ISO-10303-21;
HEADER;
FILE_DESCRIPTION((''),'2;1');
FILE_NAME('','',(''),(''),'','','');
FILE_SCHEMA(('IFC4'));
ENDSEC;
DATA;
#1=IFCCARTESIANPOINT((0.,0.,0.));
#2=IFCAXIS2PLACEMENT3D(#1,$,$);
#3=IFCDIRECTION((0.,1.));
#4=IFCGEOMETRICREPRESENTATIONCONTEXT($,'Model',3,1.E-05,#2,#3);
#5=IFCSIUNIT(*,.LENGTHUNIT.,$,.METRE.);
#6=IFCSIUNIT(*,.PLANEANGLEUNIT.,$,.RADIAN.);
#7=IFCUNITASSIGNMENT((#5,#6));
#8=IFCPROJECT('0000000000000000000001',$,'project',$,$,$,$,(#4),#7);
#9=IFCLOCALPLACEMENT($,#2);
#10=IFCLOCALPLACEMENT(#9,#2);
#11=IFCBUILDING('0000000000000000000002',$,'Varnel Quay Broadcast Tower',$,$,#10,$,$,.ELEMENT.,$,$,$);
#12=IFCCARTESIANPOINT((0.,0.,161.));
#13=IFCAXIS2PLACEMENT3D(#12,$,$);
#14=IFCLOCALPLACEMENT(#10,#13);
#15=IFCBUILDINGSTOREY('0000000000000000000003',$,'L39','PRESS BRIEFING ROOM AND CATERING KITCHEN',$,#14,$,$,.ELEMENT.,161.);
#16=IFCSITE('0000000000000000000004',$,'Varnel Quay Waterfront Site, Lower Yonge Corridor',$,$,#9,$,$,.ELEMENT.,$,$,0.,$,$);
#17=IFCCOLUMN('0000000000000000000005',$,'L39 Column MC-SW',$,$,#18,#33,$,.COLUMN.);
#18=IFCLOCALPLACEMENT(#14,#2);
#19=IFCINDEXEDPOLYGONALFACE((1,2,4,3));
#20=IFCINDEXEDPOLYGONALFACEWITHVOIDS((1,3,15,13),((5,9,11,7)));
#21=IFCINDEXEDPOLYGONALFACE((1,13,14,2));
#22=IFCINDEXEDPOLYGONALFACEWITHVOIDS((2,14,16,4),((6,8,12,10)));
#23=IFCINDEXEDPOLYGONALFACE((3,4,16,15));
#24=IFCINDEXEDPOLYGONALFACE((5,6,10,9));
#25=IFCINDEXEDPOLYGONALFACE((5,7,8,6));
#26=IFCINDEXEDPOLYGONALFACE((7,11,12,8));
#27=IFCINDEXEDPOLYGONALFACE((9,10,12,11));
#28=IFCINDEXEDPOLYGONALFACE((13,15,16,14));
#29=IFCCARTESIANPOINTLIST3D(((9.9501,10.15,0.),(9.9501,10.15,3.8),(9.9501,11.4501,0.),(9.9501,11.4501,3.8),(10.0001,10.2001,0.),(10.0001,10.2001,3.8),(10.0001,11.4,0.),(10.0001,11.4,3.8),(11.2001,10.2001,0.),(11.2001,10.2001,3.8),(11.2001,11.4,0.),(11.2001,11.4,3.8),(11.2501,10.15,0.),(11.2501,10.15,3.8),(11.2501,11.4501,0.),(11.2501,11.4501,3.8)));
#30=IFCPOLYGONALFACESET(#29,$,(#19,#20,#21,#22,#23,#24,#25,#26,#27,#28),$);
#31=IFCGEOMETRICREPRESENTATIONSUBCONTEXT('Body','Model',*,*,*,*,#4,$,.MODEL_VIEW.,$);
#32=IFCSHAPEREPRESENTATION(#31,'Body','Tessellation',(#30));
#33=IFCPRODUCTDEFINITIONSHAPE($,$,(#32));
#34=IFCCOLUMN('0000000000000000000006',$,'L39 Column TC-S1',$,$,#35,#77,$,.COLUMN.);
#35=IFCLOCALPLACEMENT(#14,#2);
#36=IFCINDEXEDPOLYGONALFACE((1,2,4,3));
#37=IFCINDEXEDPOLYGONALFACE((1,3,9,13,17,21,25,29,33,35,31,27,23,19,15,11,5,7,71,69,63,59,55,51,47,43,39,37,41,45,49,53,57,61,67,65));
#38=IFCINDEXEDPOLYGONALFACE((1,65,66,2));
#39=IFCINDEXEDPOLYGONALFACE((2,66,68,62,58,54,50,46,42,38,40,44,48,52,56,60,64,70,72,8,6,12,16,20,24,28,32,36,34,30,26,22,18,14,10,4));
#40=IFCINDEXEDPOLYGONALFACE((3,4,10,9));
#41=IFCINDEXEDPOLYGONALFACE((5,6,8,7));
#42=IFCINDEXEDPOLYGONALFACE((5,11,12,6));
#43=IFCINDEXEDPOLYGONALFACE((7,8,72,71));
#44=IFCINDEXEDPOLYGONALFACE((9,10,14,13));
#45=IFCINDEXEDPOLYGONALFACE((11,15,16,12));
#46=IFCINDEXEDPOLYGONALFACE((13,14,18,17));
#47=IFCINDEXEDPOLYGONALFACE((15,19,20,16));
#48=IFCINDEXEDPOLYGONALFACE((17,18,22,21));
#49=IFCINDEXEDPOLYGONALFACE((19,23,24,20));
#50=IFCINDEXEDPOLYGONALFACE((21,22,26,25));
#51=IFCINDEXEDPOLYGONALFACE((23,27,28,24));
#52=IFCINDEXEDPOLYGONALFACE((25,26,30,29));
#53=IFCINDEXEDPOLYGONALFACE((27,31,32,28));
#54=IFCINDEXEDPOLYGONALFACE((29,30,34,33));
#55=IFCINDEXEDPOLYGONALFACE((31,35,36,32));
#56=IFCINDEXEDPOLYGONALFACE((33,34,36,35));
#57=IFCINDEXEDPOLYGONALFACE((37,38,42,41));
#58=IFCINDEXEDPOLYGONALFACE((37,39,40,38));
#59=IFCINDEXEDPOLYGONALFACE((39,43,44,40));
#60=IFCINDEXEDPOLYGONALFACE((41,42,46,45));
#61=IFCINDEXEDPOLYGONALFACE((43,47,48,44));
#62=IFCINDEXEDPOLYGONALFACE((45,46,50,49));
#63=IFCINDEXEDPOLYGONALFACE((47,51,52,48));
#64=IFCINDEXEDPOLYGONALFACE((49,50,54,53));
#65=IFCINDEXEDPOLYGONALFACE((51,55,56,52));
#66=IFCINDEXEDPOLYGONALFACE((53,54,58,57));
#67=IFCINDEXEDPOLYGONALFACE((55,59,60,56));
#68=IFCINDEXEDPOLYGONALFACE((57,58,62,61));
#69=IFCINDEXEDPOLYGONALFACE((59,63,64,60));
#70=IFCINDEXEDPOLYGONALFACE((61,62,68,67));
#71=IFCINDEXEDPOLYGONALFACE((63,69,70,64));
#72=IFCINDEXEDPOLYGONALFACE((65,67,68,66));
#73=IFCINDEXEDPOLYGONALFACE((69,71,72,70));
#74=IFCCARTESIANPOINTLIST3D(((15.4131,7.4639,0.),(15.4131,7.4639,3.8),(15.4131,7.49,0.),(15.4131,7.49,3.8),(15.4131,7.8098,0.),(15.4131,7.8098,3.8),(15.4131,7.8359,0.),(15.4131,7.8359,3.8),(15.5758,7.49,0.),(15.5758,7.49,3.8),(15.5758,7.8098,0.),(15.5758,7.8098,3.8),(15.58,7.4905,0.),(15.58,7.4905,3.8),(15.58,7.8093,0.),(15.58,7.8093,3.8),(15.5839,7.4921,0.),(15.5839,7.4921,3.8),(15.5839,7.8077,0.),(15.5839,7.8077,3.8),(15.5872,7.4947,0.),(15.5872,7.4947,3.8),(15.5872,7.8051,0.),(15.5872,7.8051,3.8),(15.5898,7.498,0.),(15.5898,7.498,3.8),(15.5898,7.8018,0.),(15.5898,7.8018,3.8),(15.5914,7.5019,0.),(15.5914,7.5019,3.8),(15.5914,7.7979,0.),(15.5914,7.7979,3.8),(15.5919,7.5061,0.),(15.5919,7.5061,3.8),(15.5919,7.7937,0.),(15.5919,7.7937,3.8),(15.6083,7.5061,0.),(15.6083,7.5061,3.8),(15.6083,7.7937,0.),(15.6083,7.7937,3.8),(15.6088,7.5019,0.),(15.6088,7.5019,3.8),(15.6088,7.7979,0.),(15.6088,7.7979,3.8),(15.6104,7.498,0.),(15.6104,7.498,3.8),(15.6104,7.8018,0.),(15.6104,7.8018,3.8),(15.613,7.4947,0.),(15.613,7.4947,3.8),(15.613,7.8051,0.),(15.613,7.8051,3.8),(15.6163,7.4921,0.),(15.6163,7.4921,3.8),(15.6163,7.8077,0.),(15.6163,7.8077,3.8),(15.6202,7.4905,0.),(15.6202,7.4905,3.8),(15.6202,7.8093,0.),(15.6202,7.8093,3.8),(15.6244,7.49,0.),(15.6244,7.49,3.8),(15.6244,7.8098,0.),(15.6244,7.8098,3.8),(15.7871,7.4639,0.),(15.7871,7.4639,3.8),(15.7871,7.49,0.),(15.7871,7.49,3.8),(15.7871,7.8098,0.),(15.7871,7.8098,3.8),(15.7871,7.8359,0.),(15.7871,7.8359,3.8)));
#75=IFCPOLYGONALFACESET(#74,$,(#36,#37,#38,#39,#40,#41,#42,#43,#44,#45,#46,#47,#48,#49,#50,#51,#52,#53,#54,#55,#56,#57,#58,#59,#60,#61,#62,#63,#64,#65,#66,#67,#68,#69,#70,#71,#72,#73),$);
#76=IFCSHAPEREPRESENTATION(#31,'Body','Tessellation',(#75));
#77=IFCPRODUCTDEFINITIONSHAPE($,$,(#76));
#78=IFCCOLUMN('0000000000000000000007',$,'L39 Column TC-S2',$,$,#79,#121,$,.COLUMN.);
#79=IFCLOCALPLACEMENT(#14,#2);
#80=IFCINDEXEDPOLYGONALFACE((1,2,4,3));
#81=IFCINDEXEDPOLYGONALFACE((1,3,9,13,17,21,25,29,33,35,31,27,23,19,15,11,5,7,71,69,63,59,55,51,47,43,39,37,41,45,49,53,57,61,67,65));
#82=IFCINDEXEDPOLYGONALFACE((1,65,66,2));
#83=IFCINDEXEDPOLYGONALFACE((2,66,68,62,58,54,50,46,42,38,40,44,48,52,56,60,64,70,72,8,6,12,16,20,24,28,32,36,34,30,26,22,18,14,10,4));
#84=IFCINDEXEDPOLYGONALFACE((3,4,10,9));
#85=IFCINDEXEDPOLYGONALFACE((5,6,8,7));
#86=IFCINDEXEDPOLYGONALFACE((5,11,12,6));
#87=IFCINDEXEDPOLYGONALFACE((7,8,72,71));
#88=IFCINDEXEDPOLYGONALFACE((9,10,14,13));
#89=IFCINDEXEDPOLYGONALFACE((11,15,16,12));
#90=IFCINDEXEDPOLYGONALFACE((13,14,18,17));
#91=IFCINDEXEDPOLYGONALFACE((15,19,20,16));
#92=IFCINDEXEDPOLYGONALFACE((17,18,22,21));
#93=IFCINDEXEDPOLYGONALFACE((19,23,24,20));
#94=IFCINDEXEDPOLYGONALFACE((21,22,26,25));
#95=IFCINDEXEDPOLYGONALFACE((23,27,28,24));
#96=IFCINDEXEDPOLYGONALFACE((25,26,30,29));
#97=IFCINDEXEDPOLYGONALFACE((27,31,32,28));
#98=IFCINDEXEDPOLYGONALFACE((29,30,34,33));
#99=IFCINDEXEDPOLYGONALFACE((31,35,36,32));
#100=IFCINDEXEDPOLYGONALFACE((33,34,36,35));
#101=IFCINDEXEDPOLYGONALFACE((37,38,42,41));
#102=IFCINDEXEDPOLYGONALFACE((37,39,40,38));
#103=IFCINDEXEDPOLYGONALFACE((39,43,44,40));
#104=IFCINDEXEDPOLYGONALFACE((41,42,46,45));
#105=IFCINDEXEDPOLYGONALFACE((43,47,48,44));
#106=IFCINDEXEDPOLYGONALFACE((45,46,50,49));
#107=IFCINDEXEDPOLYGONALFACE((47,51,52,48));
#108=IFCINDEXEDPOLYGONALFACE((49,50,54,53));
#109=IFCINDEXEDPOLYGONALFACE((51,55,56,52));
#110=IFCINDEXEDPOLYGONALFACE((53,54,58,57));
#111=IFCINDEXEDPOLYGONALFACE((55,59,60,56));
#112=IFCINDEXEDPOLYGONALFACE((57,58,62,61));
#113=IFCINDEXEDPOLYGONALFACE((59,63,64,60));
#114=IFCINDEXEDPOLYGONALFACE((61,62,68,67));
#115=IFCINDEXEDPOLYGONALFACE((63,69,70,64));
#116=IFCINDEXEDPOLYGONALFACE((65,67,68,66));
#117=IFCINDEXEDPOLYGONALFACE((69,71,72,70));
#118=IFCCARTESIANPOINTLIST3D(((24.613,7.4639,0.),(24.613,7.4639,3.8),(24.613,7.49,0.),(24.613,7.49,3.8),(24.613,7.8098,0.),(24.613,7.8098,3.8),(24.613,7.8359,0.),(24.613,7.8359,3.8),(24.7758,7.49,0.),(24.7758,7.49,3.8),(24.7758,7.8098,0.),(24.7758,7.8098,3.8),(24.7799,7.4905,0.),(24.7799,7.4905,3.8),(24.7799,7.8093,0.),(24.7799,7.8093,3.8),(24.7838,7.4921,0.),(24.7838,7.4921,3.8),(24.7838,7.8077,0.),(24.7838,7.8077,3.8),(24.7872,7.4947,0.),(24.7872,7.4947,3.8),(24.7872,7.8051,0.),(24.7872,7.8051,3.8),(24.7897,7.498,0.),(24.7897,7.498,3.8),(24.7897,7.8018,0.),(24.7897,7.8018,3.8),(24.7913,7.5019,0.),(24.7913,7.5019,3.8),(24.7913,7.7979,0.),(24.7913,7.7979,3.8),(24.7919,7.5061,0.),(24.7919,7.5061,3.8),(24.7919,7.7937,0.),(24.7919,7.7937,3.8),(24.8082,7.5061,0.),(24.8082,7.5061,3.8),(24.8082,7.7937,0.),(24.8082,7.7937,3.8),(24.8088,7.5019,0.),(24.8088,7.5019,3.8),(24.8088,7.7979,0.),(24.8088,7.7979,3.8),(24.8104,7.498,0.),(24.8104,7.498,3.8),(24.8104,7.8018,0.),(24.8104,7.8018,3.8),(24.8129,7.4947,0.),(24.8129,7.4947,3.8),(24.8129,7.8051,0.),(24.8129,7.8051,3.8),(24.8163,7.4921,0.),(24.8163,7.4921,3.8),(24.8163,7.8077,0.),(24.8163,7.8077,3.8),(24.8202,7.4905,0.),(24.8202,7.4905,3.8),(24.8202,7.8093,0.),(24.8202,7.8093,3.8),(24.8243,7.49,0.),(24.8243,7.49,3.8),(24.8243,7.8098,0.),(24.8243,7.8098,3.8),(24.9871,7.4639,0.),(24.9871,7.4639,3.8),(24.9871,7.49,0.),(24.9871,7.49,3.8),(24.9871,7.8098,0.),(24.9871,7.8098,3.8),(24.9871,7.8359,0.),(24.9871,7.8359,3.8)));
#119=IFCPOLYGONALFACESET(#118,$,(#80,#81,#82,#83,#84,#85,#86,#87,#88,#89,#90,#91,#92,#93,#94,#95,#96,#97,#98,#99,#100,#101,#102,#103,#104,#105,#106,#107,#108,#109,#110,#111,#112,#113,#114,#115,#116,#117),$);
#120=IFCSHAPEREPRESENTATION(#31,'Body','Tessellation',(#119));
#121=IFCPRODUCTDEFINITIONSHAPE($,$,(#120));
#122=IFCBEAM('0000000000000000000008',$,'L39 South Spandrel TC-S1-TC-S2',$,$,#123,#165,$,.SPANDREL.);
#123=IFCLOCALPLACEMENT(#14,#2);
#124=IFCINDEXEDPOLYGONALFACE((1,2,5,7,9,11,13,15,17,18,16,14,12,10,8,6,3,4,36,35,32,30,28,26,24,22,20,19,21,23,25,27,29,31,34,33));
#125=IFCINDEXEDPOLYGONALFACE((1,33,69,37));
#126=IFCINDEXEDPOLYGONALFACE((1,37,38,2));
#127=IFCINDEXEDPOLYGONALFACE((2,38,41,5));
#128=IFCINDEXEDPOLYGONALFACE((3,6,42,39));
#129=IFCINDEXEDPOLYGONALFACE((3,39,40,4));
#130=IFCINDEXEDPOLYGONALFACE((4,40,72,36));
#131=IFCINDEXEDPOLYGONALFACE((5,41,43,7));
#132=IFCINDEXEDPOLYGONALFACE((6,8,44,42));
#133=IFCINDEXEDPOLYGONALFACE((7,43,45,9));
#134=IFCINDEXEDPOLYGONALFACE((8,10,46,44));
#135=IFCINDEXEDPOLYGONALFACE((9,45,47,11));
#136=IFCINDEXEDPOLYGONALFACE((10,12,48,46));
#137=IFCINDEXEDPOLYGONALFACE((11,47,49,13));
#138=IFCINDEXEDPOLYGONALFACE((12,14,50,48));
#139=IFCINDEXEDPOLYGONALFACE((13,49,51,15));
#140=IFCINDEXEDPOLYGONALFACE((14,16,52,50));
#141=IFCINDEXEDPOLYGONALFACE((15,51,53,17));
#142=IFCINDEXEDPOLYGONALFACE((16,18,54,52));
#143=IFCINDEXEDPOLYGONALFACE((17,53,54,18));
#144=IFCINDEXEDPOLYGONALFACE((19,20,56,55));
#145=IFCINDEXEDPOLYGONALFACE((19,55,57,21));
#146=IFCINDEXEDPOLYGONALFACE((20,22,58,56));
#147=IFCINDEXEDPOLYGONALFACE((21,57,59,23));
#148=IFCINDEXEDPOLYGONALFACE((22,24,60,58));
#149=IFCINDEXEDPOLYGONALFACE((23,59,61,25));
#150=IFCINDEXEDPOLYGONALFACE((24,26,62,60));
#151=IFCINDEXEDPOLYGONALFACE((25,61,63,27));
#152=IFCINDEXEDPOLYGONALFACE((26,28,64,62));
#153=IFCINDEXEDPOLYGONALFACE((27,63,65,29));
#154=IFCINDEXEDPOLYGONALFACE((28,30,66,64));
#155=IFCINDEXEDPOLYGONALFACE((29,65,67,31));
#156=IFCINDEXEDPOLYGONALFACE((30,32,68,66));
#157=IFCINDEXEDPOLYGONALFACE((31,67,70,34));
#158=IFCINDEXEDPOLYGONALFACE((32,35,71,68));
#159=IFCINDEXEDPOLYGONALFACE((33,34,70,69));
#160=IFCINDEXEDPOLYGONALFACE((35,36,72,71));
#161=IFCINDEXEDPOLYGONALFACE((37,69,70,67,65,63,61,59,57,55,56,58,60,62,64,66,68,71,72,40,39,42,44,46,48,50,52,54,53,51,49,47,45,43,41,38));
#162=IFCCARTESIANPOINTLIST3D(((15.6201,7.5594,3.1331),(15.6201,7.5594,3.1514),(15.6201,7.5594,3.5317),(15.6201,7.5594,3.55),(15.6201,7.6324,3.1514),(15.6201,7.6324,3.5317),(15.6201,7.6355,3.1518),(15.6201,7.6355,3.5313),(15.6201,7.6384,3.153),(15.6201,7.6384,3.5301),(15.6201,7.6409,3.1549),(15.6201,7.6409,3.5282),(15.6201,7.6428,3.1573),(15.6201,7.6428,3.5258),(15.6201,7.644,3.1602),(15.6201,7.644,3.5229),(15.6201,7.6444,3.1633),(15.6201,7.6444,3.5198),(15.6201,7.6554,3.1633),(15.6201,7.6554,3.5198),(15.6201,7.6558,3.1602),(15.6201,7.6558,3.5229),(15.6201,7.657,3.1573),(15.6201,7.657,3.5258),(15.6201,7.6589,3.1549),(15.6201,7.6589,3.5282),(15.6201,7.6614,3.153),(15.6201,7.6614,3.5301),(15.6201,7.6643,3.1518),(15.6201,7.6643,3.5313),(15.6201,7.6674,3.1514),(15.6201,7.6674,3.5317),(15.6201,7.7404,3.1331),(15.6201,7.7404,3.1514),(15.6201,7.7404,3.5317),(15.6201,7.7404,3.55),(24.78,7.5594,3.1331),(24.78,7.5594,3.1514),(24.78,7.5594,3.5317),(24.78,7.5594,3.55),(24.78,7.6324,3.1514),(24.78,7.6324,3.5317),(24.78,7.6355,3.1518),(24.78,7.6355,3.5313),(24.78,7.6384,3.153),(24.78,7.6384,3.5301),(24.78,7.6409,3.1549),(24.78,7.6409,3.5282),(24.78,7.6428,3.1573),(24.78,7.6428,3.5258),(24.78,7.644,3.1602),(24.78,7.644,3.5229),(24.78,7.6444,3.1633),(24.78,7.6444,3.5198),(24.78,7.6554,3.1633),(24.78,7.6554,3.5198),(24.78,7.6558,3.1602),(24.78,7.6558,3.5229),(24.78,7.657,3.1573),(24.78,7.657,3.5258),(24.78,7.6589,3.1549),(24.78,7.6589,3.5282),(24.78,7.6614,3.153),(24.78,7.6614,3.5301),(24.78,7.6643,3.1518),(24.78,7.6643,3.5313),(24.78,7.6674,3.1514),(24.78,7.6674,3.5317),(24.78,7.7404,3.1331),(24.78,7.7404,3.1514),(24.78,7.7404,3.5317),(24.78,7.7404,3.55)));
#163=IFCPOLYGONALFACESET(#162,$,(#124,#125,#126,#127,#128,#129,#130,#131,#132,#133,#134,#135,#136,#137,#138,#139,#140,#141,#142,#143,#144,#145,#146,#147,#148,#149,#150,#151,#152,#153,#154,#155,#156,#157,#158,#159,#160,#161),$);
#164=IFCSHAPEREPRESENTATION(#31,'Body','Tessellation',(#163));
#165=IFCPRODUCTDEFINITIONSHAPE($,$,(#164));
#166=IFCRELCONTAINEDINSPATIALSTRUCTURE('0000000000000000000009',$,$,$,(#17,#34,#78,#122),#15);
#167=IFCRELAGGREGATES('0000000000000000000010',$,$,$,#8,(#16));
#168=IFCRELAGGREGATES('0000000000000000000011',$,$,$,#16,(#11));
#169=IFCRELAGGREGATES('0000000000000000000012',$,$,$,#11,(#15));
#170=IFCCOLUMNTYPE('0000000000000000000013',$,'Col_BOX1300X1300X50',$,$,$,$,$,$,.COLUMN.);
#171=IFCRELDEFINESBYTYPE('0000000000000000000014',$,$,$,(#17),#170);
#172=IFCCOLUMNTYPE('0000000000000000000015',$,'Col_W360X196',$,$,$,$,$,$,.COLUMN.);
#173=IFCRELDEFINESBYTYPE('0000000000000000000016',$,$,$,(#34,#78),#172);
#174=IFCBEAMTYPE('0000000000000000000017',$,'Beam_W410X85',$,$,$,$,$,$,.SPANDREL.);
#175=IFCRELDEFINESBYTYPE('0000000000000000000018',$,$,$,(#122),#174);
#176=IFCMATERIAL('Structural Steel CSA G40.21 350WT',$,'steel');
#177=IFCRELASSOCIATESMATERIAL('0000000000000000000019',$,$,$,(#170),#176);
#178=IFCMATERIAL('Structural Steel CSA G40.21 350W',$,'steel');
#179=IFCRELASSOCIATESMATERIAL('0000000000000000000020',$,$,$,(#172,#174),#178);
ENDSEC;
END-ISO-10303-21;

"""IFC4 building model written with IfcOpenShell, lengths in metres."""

from ifc_helpers import new_model, si_unit, direction, frame, origin, origin_2d, place, context, subcontext, project, spatial, hollow_rectangle, i_section, extrude, source, transform, mapped, material, material_profile, profile_set, type_object, type_shapes, element, save


model = new_model("IFC4")

# Units and contexts
model_context = context("Model", 3, precision=1e-05, world=origin(), true_north=direction((0.0, 1.0)))
body_context = subcontext(model_context, "Body", "Model", "MODEL_VIEW")
ifc_project = project(units=[si_unit("LENGTHUNIT", "METRE"), si_unit("PLANEANGLEUNIT", "RADIAN")], contexts=[model_context])

# Site, building, storey
site_placement = place(None, origin())
site = spatial("IfcSite", under=ifc_project, at=site_placement, Name="Varnel Quay Waterfront Site, Lower Yonge Corridor", CompositionType="ELEMENT", RefElevation=0.0)
building_placement = place(site_placement, origin())
building = spatial("IfcBuilding", under=site, at=building_placement, Name="Varnel Quay Broadcast Tower", CompositionType="ELEMENT")
storey_placement = place(building_placement, frame((0.0, 0.0, 161.0)))
storey = spatial("IfcBuildingStorey", under=building, at=storey_placement, Name="L39", Description="PRESS BRIEFING ROOM AND CATERING KITCHEN", CompositionType="ELEMENT", Elevation=161.0)

# Columns
ifc_material_1 = material(Name="Structural Steel CSA G40.21 350WT", Category="steel")
ifc_material_profile_1 = material_profile(ifc_material_1, hollow_rectangle(XDim=1.3, YDim=1.3, WallThickness=0.05, at=origin_2d()), Name="BOX1300X1300X50")
ifc_profile_set_1 = profile_set([ifc_material_profile_1], Name="Structural Steel CSA G40.21 350WT")
column_type_1 = type_object("IfcColumnType", Name="Col_BOX1300X1300X50", PredefinedType="COLUMN", material=ifc_profile_set_1)
shared_shape_1 = source(origin(), body_context, "Body", "SweptSolid", [
    extrude(hollow_rectangle(XDim=1.3, YDim=1.3, WallThickness=0.05, at=origin_2d()), origin(), (0.0, 0.0, 1.0), 3.8),
])
type_shapes(column_type_1, [shared_shape_1])
column_placement = place(storey_placement, frame((10.6001, 10.8, 0.0), z_axis=(0.0, 0.0, 1.0), x_axis=(1.0, 0.0, 0.0)))
element("IfcColumn", 1, at=column_placement, inside=storey, type_object=column_type_1, Name="L39 Column MC-SW", PredefinedType="COLUMN", context=body_context, shape_type="MappedRepresentation", body=[
    mapped(shared_shape_1, transform((0.0, 0.0, 0.0), x_axis=(1.0, 0.0, 0.0), y_axis=(0.0, 1.0, 0.0), z_axis=(0.0, 0.0, 1.0), scale=1.0)),
])
ifc_material_2 = material(Name="Structural Steel CSA G40.21 350W", Category="steel")
ifc_material_profile_2 = material_profile(ifc_material_2, i_section(OverallWidth=0.374, OverallDepth=0.3721, WebThickness=0.0164, FlangeThickness=0.0261, FilletRadius=0.0161, at=origin_2d()), Name="W360X196")
ifc_profile_set_2 = profile_set([ifc_material_profile_2], Name="Structural Steel CSA G40.21 350W")
column_type_2 = type_object("IfcColumnType", Name="Col_W360X196", PredefinedType="COLUMN", material=ifc_profile_set_2)
shared_shape_2 = source(origin(), body_context, "Body", "SweptSolid", [
    extrude(i_section(OverallWidth=0.374, OverallDepth=0.3721, WebThickness=0.0164, FlangeThickness=0.0261, FilletRadius=0.0161, at=origin_2d()), origin(), (0.0, 0.0, 1.0), 3.8),
])
type_shapes(column_type_2, [shared_shape_2])
for number, where, z_axis, x_axis, name in (
    (2, (15.6001, 7.6499, 0.0), (0.0, 0.0, 1.0), (1.0, 0.0, 0.0), "L39 Column TC-S1"),
    (3, (24.8, 7.6499, 0.0), (0.0, 0.0, 1.0), (1.0, 0.0, 0.0), "L39 Column TC-S2"),
):
    element("IfcColumn", number, at=place(storey_placement, frame(where, z_axis=z_axis, x_axis=x_axis)), inside=storey, type_object=column_type_2, Name=name, PredefinedType="COLUMN", context=body_context, shape_type="MappedRepresentation", body=[
        mapped(shared_shape_2, transform((0.0, 0.0, 0.0), x_axis=(1.0, 0.0, 0.0), y_axis=(0.0, 1.0, 0.0), z_axis=(0.0, 0.0, 1.0), scale=1.0)),
    ])

# Beam
ifc_material_profile_3 = material_profile(ifc_material_2, i_section(OverallWidth=0.1809, OverallDepth=0.417, WebThickness=0.011, FlangeThickness=0.0183, FilletRadius=0.012, at=origin_2d()), Name="W410X85")
ifc_profile_set_3 = profile_set([ifc_material_profile_3], Name="Structural Steel CSA G40.21 350W")
beam_type_1 = type_object("IfcBeamType", Name="Beam_W410X85", PredefinedType="SPANDREL", material=ifc_profile_set_3)
shared_shape_3 = source(origin(), body_context, "Body", "SweptSolid", [
    extrude(i_section(OverallWidth=0.1809, OverallDepth=0.417, WebThickness=0.011, FlangeThickness=0.0183, FilletRadius=0.012, at=origin_2d()), origin(), (0.0, 0.0, 1.0), 9.1599),
])
for number, where, z_axis, x_axis, name in (
    (4, (15.6201, 7.6499, 3.3416), (1.0, 0.0, 0.0), (0.0, 1.0, 0.0), "L39 South Spandrel TC-S1-TC-S2"),
):
    element("IfcBeam", number, at=place(storey_placement, frame(where, z_axis=z_axis, x_axis=x_axis)), inside=storey, type_object=beam_type_1, Name=name, PredefinedType="SPANDREL", context=body_context, shape_type="MappedRepresentation", body=[
        mapped(shared_shape_3, transform((0.0, 0.0, 0.0), x_axis=(1.0, 0.0, 0.0), y_axis=(0.0, 1.0, 0.0), z_axis=(0.0, 0.0, 1.0), scale=1.0)),
    ])

save(model, "model.ifc")
